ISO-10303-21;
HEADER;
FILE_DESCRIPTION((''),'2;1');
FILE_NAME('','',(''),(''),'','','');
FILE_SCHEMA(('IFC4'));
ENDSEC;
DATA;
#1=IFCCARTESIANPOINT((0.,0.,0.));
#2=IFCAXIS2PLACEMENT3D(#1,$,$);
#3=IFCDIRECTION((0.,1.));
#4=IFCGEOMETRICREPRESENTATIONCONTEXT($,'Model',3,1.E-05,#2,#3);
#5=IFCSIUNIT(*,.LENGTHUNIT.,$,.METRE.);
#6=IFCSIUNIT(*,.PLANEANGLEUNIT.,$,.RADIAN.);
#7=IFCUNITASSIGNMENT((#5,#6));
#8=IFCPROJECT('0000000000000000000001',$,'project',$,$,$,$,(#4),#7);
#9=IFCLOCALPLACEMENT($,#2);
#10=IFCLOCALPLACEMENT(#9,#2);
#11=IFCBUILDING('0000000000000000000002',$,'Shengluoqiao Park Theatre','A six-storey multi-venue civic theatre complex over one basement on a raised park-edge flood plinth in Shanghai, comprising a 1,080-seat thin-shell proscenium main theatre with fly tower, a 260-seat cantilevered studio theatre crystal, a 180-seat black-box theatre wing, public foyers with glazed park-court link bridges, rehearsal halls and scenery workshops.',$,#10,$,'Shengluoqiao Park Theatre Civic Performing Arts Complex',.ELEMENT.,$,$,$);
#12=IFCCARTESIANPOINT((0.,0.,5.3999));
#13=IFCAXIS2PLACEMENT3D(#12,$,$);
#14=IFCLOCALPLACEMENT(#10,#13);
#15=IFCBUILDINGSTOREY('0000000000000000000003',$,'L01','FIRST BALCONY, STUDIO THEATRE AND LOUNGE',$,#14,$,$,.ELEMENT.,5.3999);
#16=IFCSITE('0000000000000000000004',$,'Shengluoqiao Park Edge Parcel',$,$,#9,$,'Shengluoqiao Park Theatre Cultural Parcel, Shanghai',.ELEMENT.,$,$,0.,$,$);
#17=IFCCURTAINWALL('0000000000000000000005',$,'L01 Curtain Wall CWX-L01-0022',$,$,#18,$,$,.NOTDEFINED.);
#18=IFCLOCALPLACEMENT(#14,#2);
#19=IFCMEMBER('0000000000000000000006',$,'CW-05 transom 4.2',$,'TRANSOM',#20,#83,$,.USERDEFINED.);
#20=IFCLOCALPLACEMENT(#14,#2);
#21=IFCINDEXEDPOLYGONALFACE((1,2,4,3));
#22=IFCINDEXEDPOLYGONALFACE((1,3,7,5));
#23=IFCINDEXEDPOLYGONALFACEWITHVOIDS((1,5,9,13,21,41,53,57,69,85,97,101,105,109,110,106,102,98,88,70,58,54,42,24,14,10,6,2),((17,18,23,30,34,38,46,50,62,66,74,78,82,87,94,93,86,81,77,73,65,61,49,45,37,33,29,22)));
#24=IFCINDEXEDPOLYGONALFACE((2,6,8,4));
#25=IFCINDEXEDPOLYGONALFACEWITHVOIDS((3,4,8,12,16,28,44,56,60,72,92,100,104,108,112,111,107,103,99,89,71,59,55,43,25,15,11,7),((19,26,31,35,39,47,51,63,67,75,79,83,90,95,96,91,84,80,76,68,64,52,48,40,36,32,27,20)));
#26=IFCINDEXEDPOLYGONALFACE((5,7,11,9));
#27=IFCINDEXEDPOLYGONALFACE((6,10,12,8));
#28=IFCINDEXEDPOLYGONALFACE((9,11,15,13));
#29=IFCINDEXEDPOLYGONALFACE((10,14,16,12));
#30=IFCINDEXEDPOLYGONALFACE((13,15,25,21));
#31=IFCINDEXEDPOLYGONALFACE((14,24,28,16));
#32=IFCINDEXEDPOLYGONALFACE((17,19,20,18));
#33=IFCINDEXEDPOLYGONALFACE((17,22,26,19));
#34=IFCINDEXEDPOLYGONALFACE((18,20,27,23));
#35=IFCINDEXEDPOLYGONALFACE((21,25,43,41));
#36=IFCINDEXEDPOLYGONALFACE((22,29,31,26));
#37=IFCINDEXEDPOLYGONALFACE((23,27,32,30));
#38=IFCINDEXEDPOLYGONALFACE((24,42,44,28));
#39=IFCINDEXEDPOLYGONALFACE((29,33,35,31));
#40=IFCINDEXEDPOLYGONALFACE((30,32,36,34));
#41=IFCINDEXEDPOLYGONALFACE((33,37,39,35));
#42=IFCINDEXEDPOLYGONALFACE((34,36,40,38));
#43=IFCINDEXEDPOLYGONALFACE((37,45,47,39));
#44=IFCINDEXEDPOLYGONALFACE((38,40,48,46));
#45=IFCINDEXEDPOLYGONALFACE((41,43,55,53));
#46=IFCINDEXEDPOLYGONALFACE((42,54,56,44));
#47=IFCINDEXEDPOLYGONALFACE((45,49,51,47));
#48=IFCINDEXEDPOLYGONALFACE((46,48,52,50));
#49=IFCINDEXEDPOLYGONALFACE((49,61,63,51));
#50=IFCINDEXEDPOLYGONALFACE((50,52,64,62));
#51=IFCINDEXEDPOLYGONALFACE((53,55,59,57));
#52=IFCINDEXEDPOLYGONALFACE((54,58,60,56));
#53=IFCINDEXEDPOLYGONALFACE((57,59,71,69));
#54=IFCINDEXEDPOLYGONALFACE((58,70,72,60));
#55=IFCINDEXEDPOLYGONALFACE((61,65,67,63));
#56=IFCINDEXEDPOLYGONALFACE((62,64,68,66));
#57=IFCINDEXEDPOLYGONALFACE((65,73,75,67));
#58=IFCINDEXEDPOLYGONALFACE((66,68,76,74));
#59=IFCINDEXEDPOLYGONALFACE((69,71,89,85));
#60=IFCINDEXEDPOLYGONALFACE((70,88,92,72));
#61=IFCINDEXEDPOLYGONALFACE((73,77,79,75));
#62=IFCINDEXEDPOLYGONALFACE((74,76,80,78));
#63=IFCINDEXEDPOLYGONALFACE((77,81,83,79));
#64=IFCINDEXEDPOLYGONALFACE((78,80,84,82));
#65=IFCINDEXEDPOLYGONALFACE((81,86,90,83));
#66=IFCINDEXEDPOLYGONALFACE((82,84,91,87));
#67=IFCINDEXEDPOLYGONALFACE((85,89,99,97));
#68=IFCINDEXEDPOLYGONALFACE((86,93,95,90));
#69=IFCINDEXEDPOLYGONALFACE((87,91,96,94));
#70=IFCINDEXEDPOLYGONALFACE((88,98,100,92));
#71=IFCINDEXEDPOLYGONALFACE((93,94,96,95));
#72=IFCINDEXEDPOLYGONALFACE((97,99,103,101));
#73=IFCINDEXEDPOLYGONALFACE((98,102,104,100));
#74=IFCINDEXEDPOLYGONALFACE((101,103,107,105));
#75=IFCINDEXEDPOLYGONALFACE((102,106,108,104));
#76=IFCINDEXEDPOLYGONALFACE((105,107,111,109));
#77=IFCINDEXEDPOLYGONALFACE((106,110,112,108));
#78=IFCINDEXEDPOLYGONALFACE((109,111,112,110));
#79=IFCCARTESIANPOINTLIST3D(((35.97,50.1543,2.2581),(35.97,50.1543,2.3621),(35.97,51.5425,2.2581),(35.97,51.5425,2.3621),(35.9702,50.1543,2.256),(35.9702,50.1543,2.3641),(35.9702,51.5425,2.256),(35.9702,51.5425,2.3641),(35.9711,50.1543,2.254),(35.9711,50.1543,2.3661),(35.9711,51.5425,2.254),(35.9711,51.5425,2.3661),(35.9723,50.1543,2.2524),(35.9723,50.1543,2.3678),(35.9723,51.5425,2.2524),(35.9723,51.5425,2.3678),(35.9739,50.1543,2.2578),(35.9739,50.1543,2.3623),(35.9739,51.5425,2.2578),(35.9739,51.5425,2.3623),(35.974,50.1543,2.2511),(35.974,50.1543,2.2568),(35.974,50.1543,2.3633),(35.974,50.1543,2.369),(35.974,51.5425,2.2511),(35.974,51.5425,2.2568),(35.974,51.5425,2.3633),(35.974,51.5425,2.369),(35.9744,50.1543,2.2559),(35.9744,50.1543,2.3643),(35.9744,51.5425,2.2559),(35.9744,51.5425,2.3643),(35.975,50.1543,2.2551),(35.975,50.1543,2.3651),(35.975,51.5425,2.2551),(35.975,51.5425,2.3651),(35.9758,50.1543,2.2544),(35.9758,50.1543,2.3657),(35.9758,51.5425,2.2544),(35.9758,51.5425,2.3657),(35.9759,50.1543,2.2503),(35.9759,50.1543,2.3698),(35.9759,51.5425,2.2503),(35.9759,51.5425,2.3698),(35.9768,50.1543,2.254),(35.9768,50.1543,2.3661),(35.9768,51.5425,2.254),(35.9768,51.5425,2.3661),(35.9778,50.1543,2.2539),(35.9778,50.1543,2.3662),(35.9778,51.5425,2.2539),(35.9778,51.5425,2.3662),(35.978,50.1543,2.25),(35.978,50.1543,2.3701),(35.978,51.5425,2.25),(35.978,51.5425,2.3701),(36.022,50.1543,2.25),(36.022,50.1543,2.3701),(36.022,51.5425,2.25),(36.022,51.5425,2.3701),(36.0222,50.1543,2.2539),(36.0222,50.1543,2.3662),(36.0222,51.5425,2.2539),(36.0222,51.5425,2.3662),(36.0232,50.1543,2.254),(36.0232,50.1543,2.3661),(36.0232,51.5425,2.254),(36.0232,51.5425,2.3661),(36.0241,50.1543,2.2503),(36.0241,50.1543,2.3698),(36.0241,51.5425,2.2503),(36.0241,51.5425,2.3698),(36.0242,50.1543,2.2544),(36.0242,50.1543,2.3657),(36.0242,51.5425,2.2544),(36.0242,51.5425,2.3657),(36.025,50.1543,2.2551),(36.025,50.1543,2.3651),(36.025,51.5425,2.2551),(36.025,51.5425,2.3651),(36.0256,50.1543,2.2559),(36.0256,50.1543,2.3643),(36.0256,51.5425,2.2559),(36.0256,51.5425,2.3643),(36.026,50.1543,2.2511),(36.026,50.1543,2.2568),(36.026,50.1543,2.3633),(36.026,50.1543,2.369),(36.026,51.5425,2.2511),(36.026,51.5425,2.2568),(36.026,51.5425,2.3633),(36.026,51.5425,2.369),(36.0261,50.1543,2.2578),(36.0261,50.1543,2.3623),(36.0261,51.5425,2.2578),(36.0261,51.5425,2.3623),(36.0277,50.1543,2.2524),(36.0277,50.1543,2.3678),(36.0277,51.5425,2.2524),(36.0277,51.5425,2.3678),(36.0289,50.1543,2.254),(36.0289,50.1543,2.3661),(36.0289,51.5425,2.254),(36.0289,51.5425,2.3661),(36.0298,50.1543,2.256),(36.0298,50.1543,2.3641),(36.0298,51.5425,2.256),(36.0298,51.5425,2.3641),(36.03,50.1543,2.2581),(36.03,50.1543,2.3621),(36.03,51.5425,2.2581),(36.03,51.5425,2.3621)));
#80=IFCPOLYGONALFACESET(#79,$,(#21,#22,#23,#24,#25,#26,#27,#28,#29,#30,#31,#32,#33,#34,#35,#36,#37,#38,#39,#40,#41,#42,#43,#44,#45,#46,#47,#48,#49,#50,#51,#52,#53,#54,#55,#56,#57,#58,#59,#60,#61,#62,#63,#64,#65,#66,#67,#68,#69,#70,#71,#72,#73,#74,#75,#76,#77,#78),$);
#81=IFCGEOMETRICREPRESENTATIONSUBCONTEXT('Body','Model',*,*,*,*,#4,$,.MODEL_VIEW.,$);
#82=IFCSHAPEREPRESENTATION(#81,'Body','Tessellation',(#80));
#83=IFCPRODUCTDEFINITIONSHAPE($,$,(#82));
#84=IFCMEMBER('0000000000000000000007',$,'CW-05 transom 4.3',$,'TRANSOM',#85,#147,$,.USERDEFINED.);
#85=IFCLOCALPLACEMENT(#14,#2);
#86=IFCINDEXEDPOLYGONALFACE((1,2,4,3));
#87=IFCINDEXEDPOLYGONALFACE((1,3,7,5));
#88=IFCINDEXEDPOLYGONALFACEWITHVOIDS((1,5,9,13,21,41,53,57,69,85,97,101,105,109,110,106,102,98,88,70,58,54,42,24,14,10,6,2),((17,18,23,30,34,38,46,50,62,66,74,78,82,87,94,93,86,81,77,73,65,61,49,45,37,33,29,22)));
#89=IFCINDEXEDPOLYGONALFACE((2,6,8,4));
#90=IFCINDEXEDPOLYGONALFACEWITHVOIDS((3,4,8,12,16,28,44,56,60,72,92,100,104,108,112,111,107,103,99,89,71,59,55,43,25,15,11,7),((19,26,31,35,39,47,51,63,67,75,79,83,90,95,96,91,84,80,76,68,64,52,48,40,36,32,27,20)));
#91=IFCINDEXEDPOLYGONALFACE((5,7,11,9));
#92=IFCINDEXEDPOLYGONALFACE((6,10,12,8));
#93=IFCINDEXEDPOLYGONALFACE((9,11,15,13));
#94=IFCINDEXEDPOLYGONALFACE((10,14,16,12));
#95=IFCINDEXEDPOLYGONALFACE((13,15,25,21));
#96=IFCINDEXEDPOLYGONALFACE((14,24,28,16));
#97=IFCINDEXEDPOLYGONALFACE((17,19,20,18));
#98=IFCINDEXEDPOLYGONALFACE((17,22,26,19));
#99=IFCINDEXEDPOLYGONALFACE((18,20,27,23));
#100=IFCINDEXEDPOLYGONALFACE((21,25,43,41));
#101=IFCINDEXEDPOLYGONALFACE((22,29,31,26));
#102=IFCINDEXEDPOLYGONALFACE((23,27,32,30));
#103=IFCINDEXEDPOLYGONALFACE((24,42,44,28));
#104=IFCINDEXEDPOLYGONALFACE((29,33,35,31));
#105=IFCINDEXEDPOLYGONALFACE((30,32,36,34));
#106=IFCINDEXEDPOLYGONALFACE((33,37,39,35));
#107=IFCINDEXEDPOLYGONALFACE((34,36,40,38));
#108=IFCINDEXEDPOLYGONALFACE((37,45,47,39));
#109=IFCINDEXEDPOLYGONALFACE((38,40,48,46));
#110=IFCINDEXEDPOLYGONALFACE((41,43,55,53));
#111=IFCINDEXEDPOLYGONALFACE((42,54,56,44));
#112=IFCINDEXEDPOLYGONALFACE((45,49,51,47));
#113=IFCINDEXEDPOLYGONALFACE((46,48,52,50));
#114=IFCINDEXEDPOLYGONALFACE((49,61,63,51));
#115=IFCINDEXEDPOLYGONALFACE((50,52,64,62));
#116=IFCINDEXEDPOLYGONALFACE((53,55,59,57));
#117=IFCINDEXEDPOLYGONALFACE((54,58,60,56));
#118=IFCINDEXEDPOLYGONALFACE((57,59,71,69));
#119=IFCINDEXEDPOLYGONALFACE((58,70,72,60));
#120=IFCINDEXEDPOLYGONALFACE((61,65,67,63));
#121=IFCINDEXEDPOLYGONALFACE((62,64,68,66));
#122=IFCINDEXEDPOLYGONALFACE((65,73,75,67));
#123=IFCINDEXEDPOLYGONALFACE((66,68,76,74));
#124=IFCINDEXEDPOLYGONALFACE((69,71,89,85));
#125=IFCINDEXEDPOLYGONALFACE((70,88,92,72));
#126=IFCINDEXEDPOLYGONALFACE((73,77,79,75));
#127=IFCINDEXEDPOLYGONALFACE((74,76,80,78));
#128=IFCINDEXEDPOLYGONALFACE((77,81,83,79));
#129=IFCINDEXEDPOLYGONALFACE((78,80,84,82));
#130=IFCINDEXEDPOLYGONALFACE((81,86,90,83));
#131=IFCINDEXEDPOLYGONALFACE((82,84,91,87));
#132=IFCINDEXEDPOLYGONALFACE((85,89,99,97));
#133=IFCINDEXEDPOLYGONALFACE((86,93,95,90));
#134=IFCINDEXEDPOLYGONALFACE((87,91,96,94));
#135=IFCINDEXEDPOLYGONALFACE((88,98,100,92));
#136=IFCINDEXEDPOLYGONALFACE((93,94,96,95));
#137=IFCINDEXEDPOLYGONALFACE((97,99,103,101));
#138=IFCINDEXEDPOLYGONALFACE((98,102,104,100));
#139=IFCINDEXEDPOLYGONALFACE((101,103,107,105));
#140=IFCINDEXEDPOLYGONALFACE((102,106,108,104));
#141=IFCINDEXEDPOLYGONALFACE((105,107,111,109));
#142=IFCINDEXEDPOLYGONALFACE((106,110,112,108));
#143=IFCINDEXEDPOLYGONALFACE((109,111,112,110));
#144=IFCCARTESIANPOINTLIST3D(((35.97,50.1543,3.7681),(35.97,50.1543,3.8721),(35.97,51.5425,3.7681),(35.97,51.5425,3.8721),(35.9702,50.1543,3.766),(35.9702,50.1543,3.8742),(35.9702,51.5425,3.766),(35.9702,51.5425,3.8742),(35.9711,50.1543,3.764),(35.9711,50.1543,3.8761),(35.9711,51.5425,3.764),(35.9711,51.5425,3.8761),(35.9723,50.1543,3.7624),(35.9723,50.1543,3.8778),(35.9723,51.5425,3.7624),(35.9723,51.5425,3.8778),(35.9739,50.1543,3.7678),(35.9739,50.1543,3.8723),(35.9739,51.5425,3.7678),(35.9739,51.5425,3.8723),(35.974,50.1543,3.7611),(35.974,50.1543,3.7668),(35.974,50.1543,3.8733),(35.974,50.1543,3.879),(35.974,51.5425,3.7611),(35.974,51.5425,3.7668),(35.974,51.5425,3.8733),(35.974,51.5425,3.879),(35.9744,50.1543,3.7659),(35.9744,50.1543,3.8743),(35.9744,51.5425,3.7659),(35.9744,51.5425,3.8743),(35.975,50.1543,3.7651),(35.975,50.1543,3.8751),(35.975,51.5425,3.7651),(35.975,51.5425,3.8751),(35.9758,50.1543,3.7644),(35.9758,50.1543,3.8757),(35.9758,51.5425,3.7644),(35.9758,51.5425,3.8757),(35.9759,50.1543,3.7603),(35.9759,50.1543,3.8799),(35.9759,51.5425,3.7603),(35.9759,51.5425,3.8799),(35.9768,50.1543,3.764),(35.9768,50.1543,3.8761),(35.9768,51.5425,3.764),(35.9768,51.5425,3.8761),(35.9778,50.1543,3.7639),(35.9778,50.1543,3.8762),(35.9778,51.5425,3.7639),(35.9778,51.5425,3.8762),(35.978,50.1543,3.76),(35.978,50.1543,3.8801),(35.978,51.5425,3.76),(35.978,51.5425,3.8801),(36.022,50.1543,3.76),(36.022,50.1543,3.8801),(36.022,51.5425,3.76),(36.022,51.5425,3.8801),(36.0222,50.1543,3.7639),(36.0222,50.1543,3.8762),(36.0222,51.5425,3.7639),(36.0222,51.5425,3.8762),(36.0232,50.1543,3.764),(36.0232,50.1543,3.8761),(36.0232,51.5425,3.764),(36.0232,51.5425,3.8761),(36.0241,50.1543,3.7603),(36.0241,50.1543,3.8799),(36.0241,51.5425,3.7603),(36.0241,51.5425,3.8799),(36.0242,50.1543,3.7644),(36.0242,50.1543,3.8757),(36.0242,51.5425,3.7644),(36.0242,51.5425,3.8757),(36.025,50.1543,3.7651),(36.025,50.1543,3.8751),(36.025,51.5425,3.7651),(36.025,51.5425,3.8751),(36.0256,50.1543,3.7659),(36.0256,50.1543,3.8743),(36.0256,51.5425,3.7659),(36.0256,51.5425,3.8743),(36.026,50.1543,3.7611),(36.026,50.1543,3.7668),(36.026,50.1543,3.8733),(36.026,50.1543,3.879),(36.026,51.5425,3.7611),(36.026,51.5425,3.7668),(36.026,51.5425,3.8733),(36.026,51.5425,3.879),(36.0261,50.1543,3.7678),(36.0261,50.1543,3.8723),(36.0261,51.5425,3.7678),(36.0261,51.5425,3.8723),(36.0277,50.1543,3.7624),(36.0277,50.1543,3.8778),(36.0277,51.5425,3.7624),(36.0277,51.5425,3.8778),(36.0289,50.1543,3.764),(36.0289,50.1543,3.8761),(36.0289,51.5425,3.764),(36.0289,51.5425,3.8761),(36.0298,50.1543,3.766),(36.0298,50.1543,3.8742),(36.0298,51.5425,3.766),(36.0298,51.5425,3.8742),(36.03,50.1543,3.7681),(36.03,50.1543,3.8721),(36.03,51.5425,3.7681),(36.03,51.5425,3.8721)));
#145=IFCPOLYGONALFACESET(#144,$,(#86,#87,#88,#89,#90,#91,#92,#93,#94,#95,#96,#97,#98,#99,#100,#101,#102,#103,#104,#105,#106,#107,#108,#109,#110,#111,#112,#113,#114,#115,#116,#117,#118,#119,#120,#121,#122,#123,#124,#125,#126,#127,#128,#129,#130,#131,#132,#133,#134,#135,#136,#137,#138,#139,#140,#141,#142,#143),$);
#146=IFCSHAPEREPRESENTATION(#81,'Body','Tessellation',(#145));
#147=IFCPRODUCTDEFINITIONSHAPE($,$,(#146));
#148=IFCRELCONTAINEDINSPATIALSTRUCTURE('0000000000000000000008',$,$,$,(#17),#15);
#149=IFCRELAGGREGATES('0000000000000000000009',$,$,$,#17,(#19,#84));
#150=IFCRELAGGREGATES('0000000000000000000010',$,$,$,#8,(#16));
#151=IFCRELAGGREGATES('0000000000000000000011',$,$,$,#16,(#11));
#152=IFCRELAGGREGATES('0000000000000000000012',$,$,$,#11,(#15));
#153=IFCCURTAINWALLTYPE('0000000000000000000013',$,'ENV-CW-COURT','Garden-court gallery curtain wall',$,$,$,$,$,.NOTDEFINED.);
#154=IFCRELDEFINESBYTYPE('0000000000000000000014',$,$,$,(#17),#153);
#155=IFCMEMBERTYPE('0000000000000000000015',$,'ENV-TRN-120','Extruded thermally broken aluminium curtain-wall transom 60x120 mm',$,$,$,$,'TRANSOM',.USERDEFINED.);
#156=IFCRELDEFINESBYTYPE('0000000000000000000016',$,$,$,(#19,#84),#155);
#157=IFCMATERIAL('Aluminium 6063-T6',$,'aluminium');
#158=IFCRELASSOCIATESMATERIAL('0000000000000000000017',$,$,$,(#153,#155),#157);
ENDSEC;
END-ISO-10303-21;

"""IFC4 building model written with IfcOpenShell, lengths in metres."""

from ifc_helpers import new_model, si_unit, direction, frame, origin, origin_2d, place, context, subcontext, project, spatial, hollow_rectangle, extrude, material, material_profile, profile_set, type_object, element, aggregate, save


model = new_model("IFC4")

# Units and contexts
model_context = context("Model", 3, precision=1e-05, world=origin(), true_north=direction((0.0, 1.0)))
body_context = subcontext(model_context, "Body", "Model", "MODEL_VIEW")
ifc_project = project(units=[si_unit("LENGTHUNIT", "METRE"), si_unit("PLANEANGLEUNIT", "RADIAN")], contexts=[model_context])

# Site, building, storey
site_placement = place(None, origin())
site = spatial("IfcSite", under=ifc_project, at=site_placement, Name="Shengluoqiao Park Edge Parcel", LongName="Shengluoqiao Park Theatre Cultural Parcel, Shanghai", CompositionType="ELEMENT", RefElevation=0.0)
building_placement = place(site_placement, origin())
building = spatial("IfcBuilding", under=site, at=building_placement, Name="Shengluoqiao Park Theatre", Description="A six-storey multi-venue civic theatre complex over one basement on a raised park-edge flood plinth in Shanghai, comprising a 1,080-seat thin-shell proscenium main theatre with fly tower, a 260-seat cantilevered studio theatre crystal, a 180-seat black-box theatre wing, public foyers with glazed park-court link bridges, rehearsal halls and scenery workshops.", LongName="Shengluoqiao Park Theatre Civic Performing Arts Complex", CompositionType="ELEMENT")
storey_placement = place(building_placement, frame((0.0, 0.0, 5.3999)))
storey = spatial("IfcBuildingStorey", under=building, at=storey_placement, Name="L01", Description="FIRST BALCONY, STUDIO THEATRE AND LOUNGE", CompositionType="ELEMENT", Elevation=5.3999)

# Curtain wall
ifc_material_1 = material(Name="Aluminium 6063-T6", Category="aluminium")
curtain_wall_type_1 = type_object("IfcCurtainWallType", Name="ENV-CW-COURT", Description="Garden-court gallery curtain wall", PredefinedType="NOTDEFINED", material=ifc_material_1)
curtain_wall_1_placement = place(storey_placement, origin())
curtain_wall_1 = element("IfcCurtainWall", 1, at=curtain_wall_1_placement, inside=storey, type_object=curtain_wall_type_1, Name="L01 Curtain Wall CWX-L01-0022", PredefinedType="NOTDEFINED")

# Members
ifc_material_profile_1 = material_profile(ifc_material_1, hollow_rectangle(XDim=0.0601, YDim=0.1201, WallThickness=0.0039, InnerFilletRadius=0.0039, OuterFilletRadius=0.0081, at=origin_2d()), Name="ALU TRANSOM 120x60x4")
ifc_profile_set_1 = profile_set([ifc_material_profile_1], Name="Aluminium 6063-T6")
member_type_1 = type_object("IfcMemberType", Name="ENV-TRN-120", Description="Extruded thermally broken aluminium curtain-wall transom 60x120 mm", ElementType="TRANSOM", PredefinedType="USERDEFINED", material=ifc_profile_set_1)
member_1_placement = place(storey_placement, frame((36.0, 50.1543, 2.3101), z_axis=(0.0, 1.0, 0.0), x_axis=(-1.0, 0.0, 0.0)))
member_1 = element("IfcMember", 2, at=member_1_placement, type_object=member_type_1, Name="CW-05 transom 4.2", ObjectType="TRANSOM", PredefinedType="USERDEFINED", context=body_context, shape_type="SweptSolid", body=[
    extrude(hollow_rectangle(XDim=0.0601, YDim=0.1201, WallThickness=0.0039, InnerFilletRadius=0.0039, OuterFilletRadius=0.0081, at=origin_2d()), origin(), (0.0, 0.0, 1.0), 1.3882),
])
member_2_placement = place(storey_placement, frame((36.0, 50.1543, 3.8201), z_axis=(0.0, 1.0, 0.0), x_axis=(-1.0, 0.0, 0.0)))
member_2 = element("IfcMember", 3, at=member_2_placement, type_object=member_type_1, Name="CW-05 transom 4.3", ObjectType="TRANSOM", PredefinedType="USERDEFINED", context=body_context, shape_type="SweptSolid", body=[
    extrude(hollow_rectangle(XDim=0.0601, YDim=0.1201, WallThickness=0.0039, InnerFilletRadius=0.0039, OuterFilletRadius=0.0081, at=origin_2d()), origin(), (0.0, 0.0, 1.0), 1.3882),
])

aggregate(curtain_wall_1, [member_1, member_2])

save(model, "model.ifc")
